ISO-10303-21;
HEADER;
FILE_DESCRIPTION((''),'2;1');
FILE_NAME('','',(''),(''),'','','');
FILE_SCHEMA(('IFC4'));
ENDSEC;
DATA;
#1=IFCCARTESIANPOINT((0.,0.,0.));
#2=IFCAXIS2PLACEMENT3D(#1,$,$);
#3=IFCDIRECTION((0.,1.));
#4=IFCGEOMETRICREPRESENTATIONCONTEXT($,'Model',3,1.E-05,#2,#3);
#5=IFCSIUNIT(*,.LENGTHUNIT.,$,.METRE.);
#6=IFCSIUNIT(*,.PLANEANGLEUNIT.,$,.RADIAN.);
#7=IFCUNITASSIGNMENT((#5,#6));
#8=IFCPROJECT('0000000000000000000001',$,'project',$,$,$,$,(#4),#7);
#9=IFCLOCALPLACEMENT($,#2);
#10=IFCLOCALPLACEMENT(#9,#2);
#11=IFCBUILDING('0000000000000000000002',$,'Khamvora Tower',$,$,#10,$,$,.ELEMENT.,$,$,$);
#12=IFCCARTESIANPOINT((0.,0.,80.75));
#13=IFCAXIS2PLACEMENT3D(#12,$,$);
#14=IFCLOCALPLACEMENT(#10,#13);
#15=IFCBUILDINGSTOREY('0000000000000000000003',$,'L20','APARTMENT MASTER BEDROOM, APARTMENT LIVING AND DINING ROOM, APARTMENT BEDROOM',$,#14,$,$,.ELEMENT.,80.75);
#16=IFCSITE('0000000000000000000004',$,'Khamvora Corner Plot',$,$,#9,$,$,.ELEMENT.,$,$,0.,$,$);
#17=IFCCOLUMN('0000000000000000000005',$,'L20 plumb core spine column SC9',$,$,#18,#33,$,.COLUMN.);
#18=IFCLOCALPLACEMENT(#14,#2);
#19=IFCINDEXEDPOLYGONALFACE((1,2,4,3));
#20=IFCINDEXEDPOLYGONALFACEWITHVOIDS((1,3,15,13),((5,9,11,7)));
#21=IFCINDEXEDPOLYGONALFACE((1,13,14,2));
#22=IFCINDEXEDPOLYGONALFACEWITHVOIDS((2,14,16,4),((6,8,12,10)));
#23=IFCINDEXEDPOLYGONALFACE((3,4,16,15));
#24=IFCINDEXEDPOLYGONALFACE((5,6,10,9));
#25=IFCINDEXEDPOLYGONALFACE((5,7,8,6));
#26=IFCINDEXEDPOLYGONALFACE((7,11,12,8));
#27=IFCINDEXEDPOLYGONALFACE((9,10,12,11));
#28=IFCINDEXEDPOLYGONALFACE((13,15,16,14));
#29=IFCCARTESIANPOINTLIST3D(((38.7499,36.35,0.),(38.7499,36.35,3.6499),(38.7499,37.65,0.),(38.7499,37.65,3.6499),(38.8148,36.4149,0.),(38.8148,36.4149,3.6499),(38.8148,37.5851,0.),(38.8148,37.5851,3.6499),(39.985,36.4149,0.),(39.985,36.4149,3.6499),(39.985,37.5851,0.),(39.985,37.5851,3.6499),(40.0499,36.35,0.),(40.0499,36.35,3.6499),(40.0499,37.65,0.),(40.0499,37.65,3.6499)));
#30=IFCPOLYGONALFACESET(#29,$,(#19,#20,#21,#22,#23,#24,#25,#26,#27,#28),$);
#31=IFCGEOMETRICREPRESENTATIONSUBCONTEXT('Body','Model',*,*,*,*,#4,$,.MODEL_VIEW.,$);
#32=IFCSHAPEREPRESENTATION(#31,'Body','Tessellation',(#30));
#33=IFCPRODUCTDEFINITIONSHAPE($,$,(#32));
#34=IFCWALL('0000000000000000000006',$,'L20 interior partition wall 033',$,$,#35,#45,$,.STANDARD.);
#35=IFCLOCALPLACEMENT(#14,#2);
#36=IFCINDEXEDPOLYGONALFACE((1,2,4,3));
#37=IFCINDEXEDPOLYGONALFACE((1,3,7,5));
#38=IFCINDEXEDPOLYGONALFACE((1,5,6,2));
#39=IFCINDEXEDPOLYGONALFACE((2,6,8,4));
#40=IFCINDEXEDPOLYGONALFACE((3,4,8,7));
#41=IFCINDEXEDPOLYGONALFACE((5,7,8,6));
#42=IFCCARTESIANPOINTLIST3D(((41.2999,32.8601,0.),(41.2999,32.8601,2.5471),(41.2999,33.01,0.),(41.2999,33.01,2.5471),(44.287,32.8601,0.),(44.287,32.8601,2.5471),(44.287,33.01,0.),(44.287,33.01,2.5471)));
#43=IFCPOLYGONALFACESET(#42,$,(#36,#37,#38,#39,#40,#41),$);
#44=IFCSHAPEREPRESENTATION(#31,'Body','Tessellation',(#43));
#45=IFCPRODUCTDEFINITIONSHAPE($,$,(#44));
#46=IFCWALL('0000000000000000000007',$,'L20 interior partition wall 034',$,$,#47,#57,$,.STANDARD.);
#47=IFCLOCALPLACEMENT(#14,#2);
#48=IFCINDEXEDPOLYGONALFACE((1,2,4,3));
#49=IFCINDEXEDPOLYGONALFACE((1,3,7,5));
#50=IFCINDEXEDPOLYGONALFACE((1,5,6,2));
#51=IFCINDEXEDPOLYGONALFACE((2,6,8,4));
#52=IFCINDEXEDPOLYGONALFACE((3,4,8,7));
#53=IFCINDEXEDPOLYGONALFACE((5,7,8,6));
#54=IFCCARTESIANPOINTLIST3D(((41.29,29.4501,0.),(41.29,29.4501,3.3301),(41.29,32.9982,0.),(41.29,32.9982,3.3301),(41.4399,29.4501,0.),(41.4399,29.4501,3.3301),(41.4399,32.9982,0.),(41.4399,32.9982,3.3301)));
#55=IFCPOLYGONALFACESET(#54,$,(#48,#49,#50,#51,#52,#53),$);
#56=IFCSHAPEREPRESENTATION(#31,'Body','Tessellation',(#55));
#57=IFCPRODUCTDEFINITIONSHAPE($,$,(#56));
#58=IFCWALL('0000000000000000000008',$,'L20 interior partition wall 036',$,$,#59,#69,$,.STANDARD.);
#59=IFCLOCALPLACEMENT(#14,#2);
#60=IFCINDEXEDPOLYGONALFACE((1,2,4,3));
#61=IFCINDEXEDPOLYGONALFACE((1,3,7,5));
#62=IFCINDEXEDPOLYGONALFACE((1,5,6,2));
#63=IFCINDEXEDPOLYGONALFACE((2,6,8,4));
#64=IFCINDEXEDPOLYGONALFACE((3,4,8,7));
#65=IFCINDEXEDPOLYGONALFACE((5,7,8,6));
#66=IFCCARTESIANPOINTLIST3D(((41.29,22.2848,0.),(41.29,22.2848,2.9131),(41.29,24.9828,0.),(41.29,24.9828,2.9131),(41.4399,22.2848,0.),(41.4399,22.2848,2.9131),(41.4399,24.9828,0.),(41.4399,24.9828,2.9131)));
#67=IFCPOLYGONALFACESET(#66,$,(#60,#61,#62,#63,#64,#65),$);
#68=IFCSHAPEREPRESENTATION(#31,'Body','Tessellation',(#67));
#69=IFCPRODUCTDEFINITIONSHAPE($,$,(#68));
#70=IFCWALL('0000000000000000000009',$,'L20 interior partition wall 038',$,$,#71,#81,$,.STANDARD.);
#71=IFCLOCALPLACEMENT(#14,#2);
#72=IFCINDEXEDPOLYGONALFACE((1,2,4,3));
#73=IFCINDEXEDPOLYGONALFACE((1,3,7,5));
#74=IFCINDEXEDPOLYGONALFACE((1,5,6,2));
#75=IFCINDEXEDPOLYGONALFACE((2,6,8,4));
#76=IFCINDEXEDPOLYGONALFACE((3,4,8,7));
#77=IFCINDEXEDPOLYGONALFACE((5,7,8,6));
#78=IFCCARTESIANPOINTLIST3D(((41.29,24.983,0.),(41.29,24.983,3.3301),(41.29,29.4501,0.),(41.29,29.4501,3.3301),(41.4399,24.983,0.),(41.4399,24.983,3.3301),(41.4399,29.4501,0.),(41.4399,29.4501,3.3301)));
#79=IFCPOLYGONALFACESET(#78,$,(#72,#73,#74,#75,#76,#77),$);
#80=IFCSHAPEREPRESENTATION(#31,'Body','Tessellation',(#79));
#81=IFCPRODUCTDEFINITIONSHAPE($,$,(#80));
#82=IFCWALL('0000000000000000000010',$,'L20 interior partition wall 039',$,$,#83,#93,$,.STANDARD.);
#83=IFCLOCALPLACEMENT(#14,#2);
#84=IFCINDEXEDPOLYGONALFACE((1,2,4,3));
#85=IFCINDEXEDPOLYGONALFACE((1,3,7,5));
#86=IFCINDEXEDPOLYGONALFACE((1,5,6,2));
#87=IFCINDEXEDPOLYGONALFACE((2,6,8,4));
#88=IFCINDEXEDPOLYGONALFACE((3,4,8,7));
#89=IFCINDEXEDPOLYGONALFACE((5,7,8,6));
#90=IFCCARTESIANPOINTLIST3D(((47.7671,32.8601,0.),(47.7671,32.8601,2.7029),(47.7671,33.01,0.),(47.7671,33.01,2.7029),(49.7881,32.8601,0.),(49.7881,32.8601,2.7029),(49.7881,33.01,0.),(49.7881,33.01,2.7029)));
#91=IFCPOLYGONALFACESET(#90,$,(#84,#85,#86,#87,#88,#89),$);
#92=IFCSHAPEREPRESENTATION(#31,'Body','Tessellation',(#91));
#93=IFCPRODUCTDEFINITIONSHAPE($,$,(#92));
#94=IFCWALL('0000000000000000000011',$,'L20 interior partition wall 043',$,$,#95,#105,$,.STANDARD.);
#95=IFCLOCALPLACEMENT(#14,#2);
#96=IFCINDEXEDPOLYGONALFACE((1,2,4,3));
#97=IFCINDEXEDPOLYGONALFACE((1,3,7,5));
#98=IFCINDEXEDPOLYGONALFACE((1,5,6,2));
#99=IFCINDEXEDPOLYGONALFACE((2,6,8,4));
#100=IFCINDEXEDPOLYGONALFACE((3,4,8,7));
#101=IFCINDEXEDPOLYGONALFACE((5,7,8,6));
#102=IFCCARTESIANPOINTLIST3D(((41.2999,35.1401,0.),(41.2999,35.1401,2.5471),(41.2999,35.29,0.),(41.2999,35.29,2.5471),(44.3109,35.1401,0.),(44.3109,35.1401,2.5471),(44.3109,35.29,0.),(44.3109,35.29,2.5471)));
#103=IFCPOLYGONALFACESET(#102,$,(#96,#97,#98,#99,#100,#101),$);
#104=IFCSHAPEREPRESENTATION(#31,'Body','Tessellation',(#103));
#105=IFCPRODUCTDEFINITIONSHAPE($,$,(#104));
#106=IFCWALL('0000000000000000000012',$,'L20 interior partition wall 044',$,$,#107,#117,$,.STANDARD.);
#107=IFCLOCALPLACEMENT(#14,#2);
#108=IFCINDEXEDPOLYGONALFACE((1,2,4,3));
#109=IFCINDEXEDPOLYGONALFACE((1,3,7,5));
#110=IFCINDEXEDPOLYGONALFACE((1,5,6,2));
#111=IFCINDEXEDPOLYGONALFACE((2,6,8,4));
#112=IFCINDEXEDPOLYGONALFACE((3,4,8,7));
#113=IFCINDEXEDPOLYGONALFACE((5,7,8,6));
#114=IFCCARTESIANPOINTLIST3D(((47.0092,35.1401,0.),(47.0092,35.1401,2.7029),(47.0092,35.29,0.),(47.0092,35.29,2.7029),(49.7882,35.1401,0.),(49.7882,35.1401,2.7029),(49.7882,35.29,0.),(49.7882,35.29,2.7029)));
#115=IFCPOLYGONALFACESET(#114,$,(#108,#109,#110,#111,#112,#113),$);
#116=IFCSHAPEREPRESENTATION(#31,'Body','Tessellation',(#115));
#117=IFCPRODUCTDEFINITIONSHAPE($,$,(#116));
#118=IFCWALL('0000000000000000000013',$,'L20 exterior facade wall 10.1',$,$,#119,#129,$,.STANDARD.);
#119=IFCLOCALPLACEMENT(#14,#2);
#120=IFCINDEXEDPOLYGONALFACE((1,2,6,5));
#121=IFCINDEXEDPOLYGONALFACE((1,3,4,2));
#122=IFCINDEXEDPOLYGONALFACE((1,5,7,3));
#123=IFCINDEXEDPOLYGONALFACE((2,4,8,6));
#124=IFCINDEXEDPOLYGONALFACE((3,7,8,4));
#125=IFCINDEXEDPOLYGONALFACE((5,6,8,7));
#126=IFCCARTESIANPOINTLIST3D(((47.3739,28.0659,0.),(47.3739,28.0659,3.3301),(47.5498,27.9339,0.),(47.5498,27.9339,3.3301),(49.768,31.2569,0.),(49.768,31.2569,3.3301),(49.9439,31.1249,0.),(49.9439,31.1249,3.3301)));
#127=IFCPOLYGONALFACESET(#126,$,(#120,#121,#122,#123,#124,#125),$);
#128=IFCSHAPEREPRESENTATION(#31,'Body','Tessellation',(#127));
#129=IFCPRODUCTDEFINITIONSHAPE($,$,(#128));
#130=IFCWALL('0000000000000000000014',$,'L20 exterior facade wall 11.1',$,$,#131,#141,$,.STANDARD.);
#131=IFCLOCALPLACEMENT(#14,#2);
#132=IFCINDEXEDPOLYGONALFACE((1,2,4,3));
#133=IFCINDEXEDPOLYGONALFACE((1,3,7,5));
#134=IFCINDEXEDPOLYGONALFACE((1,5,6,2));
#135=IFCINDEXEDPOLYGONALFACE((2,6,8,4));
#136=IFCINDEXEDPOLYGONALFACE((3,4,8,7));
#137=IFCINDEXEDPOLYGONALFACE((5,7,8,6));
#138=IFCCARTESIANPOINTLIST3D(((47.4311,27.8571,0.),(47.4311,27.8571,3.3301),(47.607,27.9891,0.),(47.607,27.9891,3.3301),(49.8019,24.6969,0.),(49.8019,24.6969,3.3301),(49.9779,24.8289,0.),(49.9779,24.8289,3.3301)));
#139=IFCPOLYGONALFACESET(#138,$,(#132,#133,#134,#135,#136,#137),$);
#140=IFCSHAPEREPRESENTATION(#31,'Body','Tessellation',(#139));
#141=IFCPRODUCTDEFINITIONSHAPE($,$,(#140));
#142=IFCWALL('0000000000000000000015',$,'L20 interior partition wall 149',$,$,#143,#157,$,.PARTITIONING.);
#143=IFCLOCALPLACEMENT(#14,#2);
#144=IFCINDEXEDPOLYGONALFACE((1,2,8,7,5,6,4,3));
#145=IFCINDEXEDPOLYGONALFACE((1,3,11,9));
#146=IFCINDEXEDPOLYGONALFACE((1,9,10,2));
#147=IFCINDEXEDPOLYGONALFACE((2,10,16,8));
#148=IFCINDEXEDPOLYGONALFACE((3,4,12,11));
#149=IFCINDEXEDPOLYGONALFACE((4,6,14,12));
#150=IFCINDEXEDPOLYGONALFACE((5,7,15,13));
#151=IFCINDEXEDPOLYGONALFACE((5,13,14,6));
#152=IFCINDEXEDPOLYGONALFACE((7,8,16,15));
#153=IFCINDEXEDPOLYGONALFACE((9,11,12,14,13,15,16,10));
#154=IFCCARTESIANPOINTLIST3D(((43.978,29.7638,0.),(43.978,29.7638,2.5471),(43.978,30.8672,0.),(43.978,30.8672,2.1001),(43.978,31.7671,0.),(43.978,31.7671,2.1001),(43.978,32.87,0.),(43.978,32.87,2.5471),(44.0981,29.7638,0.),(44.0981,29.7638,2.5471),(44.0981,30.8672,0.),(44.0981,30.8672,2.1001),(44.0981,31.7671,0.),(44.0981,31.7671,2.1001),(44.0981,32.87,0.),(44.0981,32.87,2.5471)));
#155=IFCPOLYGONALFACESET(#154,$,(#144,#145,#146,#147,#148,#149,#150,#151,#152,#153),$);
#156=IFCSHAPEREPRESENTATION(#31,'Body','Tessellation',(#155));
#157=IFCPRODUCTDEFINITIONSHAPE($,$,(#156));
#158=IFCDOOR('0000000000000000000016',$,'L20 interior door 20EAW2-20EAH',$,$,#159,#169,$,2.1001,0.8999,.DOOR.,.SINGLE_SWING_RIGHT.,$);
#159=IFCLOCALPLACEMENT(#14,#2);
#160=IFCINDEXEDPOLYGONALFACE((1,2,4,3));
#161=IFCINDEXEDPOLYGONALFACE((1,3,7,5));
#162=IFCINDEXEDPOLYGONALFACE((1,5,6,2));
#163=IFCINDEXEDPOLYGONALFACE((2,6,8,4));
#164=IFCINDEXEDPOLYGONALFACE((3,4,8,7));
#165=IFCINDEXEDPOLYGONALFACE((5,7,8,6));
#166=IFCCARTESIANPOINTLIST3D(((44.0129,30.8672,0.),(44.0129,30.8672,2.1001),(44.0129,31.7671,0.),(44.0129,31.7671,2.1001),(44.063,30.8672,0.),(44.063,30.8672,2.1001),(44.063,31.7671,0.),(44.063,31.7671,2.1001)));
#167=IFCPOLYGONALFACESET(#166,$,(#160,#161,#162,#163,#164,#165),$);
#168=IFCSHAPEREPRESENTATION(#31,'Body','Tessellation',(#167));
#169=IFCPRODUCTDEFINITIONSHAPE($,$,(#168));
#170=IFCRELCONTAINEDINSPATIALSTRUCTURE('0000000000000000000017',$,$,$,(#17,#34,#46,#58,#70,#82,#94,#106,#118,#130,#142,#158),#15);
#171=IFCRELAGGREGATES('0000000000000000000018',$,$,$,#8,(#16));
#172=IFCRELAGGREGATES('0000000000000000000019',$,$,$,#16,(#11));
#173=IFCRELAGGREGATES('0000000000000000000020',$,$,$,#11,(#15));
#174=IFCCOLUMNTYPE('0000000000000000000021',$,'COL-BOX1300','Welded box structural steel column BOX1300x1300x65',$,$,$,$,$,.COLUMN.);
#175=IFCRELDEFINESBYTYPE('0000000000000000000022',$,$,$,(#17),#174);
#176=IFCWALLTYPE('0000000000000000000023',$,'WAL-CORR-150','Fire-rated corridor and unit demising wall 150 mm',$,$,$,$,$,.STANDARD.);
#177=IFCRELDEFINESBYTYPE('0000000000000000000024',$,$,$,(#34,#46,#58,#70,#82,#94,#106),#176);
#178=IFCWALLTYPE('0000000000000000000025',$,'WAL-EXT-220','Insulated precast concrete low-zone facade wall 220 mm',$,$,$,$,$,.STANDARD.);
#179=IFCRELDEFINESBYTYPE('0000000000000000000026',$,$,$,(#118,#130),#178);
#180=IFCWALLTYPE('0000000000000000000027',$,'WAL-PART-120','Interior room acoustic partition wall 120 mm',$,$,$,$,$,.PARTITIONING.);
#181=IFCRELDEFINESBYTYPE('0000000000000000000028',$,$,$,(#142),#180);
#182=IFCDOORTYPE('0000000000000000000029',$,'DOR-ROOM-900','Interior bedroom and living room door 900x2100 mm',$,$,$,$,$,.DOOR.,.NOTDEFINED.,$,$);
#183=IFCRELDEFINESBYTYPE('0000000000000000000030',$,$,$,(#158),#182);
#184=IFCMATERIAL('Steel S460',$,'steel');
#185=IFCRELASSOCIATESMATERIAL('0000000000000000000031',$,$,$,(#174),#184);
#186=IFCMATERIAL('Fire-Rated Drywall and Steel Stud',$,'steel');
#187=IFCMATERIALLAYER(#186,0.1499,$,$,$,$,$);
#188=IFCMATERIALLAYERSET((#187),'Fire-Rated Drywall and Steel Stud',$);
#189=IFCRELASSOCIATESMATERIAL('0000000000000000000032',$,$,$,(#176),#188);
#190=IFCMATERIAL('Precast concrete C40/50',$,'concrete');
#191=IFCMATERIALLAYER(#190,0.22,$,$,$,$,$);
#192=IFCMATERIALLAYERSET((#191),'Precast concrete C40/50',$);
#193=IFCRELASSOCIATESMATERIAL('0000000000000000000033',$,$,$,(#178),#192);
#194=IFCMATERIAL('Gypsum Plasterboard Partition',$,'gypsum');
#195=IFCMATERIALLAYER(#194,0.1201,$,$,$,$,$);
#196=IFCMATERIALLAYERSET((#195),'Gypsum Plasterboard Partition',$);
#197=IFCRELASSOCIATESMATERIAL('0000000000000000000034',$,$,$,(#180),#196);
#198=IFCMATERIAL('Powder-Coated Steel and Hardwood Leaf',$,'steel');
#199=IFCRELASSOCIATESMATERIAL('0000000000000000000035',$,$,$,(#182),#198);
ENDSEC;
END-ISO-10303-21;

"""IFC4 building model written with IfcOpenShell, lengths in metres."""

from ifc_helpers import new_model, si_unit, direction, frame, frame_2d, origin, origin_2d, place, context, subcontext, project, spatial, rectangle, hollow_rectangle, extrude, material, layer, layer_set, material_profile, profile_set, type_object, element, fill, save


model = new_model("IFC4")

# Units and contexts
model_context = context("Model", 3, precision=1e-05, world=origin(), true_north=direction((0.0, 1.0)))
body_context = subcontext(model_context, "Body", "Model", "MODEL_VIEW")
ifc_project = project(units=[si_unit("LENGTHUNIT", "METRE"), si_unit("PLANEANGLEUNIT", "RADIAN")], contexts=[model_context])

# Site, building, storey
site_placement = place(None, origin())
site = spatial("IfcSite", under=ifc_project, at=site_placement, Name="Khamvora Corner Plot", CompositionType="ELEMENT", RefElevation=0.0)
building_placement = place(site_placement, origin())
building = spatial("IfcBuilding", under=site, at=building_placement, Name="Khamvora Tower", CompositionType="ELEMENT")
storey_placement = place(building_placement, frame((0.0, 0.0, 80.75)))
storey = spatial("IfcBuildingStorey", under=building, at=storey_placement, Name="L20", Description="APARTMENT MASTER BEDROOM, APARTMENT LIVING AND DINING ROOM, APARTMENT BEDROOM", CompositionType="ELEMENT", Elevation=80.75)

# Column
ifc_material_1 = material(Name="Steel S460", Category="steel")
ifc_material_profile = material_profile(ifc_material_1, hollow_rectangle(XDim=1.3, YDim=1.3, WallThickness=0.0649, at=origin_2d()), Name="BOX1300x1300x65")
ifc_profile_set = profile_set([ifc_material_profile], Name="Steel S460")
column_type = type_object("IfcColumnType", Name="COL-BOX1300", Description="Welded box structural steel column BOX1300x1300x65", PredefinedType="COLUMN", material=ifc_profile_set)
column_placement = place(storey_placement, frame((39.3999, 37.0, 0.0), z_axis=(0.0, 0.0, 1.0), x_axis=(1.0, 0.0, 0.0)))
element("IfcColumn", 1, at=column_placement, inside=storey, type_object=column_type, Name="L20 plumb core spine column SC9", PredefinedType="COLUMN", context=body_context, shape_type="SweptSolid", body=[
    extrude(hollow_rectangle(XDim=1.3, YDim=1.3, WallThickness=0.0649, at=origin_2d()), origin(), (0.0, 0.0, 1.0), 3.6499),
])

# Walls
ifc_material_2 = material(Name="Fire-Rated Drywall and Steel Stud", Category="steel")
ifc_layer_1 = layer(ifc_material_2, 0.1499)
ifc_layer_set_1 = layer_set([ifc_layer_1], Name="Fire-Rated Drywall and Steel Stud")
wall_type_1 = type_object("IfcWallType", Name="WAL-CORR-150", Description="Fire-rated corridor and unit demising wall 150 mm", PredefinedType="STANDARD", material=ifc_layer_set_1)
wall_1_placement = place(storey_placement, frame((44.2871, 32.9351, 0.0), z_axis=(0.0, 0.0, 1.0), x_axis=(-1.0, 0.0, 0.0)))
element("IfcWall", 2, at=wall_1_placement, inside=storey, type_object=wall_type_1, Name="L20 interior partition wall 033", PredefinedType="STANDARD", context=body_context, shape_type="SweptSolid", body=[
    extrude(rectangle(XDim=2.9871, YDim=0.1499, at=frame_2d((1.4937, 0.0))), origin(), (0.0, 0.0, 1.0), 2.5471),
])
wall_2_placement = place(storey_placement, frame((41.365, 32.998, 0.0), z_axis=(0.0, 0.0, 1.0), x_axis=(0.0, -1.0, 0.0)))
element("IfcWall", 3, at=wall_2_placement, inside=storey, type_object=wall_type_1, Name="L20 interior partition wall 034", PredefinedType="STANDARD", context=body_context, shape_type="SweptSolid", body=[
    extrude(rectangle(XDim=3.5481, YDim=0.1499, at=frame_2d((1.7739, 0.0))), origin(), (0.0, 0.0, 1.0), 3.3301),
])

# Shared definitions
ifc_material_3 = material(Name="Powder-Coated Steel and Hardwood Leaf", Category="steel")

# Walls
wall_3_placement = place(storey_placement, frame((41.365, 24.9829, 0.0), z_axis=(0.0, 0.0, 1.0), x_axis=(0.0, -1.0, 0.0)))
element("IfcWall", 4, at=wall_3_placement, inside=storey, type_object=wall_type_1, Name="L20 interior partition wall 036", PredefinedType="STANDARD", context=body_context, shape_type="SweptSolid", body=[
    extrude(rectangle(XDim=2.698, YDim=0.1499, at=frame_2d((1.3491, 0.0))), origin(), (0.0, 0.0, 1.0), 2.9131),
])
wall_4_placement = place(storey_placement, frame((41.365, 29.45, 0.0), z_axis=(0.0, 0.0, 1.0), x_axis=(0.0, -1.0, 0.0)))
element("IfcWall", 5, at=wall_4_placement, inside=storey, type_object=wall_type_1, Name="L20 interior partition wall 038", PredefinedType="STANDARD", context=body_context, shape_type="SweptSolid", body=[
    extrude(rectangle(XDim=4.467, YDim=0.1499, at=frame_2d((2.2334, 0.0))), origin(), (0.0, 0.0, 1.0), 3.3301),
])
wall_5_placement = place(storey_placement, frame((49.7881, 32.9351, 0.0), z_axis=(0.0, 0.0, 1.0), x_axis=(-1.0, 0.0, 0.0)))
element("IfcWall", 6, at=wall_5_placement, inside=storey, type_object=wall_type_1, Name="L20 interior partition wall 039", PredefinedType="STANDARD", context=body_context, shape_type="SweptSolid", body=[
    extrude(rectangle(XDim=2.021, YDim=0.1499, at=frame_2d((1.0105, 0.0))), origin(), (0.0, 0.0, 1.0), 2.7029),
])

# Walls
wall_6_placement = place(storey_placement, frame((41.3, 35.2151, 0.0), z_axis=(0.0, 0.0, 1.0), x_axis=(1.0, 0.0, 0.0)))
element("IfcWall", 7, at=wall_6_placement, inside=storey, type_object=wall_type_1, Name="L20 interior partition wall 043", PredefinedType="STANDARD", context=body_context, shape_type="SweptSolid", body=[
    extrude(rectangle(XDim=3.011, YDim=0.1499, at=frame_2d((1.5054, 0.0))), origin(), (0.0, 0.0, 1.0), 2.5471),
])
wall_7_placement = place(storey_placement, frame((47.009, 35.2151, 0.0), z_axis=(0.0, 0.0, 1.0), x_axis=(1.0, 0.0, 0.0)))
element("IfcWall", 8, at=wall_7_placement, inside=storey, type_object=wall_type_1, Name="L20 interior partition wall 044", PredefinedType="STANDARD", context=body_context, shape_type="SweptSolid", body=[
    extrude(rectangle(XDim=2.7791, YDim=0.1499, at=frame_2d((1.3896, 0.0))), origin(), (0.0, 0.0, 1.0), 2.7029),
])
ifc_material_4 = material(Name="Precast concrete C40/50", Category="concrete")
ifc_layer_2 = layer(ifc_material_4, 0.22)
ifc_layer_set_2 = layer_set([ifc_layer_2], Name="Precast concrete C40/50")
wall_type_2 = type_object("IfcWallType", Name="WAL-EXT-220", Description="Insulated precast concrete low-zone facade wall 220 mm", PredefinedType="STANDARD", material=ifc_layer_set_2)
wall_8_placement = place(storey_placement, frame((49.856, 31.1909, 0.0), z_axis=(0.0, 0.0, 1.0), x_axis=(-0.600137, -0.799897, 0.0)))
element("IfcWall", 9, at=wall_8_placement, inside=storey, type_object=wall_type_2, Name="L20 exterior facade wall 10.1", PredefinedType="STANDARD", context=body_context, shape_type="SweptSolid", body=[
    extrude(rectangle(XDim=3.9893, YDim=0.22, at=frame_2d((1.9946, 0.0))), origin(), (0.0, 0.0, 1.0), 3.3301),
])
wall_9_placement = place(storey_placement, frame((47.519, 27.9231, 0.0), z_axis=(0.0, 0.0, 1.0), x_axis=(0.600119, -0.799911, 0.0)))
element("IfcWall", 10, at=wall_9_placement, inside=storey, type_object=wall_type_2, Name="L20 exterior facade wall 11.1", PredefinedType="STANDARD", context=body_context, shape_type="SweptSolid", body=[
    extrude(rectangle(XDim=3.9507, YDim=0.22, at=frame_2d((1.9753, 0.0))), origin(), (0.0, 0.0, 1.0), 3.3301),
])

# Wall, opening, door
ifc_material_5 = material(Name="Gypsum Plasterboard Partition", Category="gypsum")
ifc_layer_3 = layer(ifc_material_5, 0.1201)
ifc_layer_set_3 = layer_set([ifc_layer_3], Name="Gypsum Plasterboard Partition")
wall_type_3 = type_object("IfcWallType", Name="WAL-PART-120", Description="Interior room acoustic partition wall 120 mm", PredefinedType="PARTITIONING", material=ifc_layer_set_3)
wall_10_placement = place(storey_placement, frame((44.0381, 32.8701, 0.0), z_axis=(0.0, 0.0, 1.0), x_axis=(0.0, -1.0, 0.0)))
wall_10 = element("IfcWall", 11, at=wall_10_placement, inside=storey, type_object=wall_type_3, Name="L20 interior partition wall 149", PredefinedType="PARTITIONING", context=body_context, shape_type="SweptSolid", body=[
    extrude(rectangle(XDim=3.1062, YDim=0.1201, at=frame_2d((1.5532, 0.0))), origin(), (0.0, 0.0, 1.0), 2.5471),
])
opening_1_placement = place(wall_10_placement, frame((1.103, 0.0, 0.0)))
opening_1 = element("IfcOpeningElement", 12, at=opening_1_placement, cuts=wall_10, PredefinedType="OPENING", context=body_context, shape_type="SweptSolid", body=[
    extrude(rectangle(XDim=0.8999, YDim=2.1001, at=frame_2d((0.45, 1.05))), frame((0.0, 0.0701, 0.0), z_axis=(0.0, -1.0, 0.0), x_axis=(1.0, 0.0, 0.0)), (0.0, 0.0, 1.0), 0.1401),
])
door_type_1 = type_object("IfcDoorType", Name="DOR-ROOM-900", Description="Interior bedroom and living room door 900x2100 mm", OperationType="NOTDEFINED", PredefinedType="DOOR", material=ifc_material_3)
door_1_placement = place(opening_1_placement, origin())
door_1 = element("IfcDoor", 13, at=door_1_placement, inside=storey, type_object=door_type_1, Name="L20 interior door 20EAW2-20EAH", OperationType="SINGLE_SWING_RIGHT", OverallHeight=2.1001, OverallWidth=0.8999, PredefinedType="DOOR", context=body_context, shape_type="SweptSolid", body=[
    extrude(rectangle(XDim=0.8999, YDim=2.1001, at=frame_2d((0.45, 1.05))), frame((0.0, 0.0249, 0.0), z_axis=(0.0, -1.0, 0.0), x_axis=(1.0, 0.0, 0.0)), (0.0, 0.0, 1.0), 0.05),
])
fill(opening_1, door_1)

save(model, "model.ifc")
